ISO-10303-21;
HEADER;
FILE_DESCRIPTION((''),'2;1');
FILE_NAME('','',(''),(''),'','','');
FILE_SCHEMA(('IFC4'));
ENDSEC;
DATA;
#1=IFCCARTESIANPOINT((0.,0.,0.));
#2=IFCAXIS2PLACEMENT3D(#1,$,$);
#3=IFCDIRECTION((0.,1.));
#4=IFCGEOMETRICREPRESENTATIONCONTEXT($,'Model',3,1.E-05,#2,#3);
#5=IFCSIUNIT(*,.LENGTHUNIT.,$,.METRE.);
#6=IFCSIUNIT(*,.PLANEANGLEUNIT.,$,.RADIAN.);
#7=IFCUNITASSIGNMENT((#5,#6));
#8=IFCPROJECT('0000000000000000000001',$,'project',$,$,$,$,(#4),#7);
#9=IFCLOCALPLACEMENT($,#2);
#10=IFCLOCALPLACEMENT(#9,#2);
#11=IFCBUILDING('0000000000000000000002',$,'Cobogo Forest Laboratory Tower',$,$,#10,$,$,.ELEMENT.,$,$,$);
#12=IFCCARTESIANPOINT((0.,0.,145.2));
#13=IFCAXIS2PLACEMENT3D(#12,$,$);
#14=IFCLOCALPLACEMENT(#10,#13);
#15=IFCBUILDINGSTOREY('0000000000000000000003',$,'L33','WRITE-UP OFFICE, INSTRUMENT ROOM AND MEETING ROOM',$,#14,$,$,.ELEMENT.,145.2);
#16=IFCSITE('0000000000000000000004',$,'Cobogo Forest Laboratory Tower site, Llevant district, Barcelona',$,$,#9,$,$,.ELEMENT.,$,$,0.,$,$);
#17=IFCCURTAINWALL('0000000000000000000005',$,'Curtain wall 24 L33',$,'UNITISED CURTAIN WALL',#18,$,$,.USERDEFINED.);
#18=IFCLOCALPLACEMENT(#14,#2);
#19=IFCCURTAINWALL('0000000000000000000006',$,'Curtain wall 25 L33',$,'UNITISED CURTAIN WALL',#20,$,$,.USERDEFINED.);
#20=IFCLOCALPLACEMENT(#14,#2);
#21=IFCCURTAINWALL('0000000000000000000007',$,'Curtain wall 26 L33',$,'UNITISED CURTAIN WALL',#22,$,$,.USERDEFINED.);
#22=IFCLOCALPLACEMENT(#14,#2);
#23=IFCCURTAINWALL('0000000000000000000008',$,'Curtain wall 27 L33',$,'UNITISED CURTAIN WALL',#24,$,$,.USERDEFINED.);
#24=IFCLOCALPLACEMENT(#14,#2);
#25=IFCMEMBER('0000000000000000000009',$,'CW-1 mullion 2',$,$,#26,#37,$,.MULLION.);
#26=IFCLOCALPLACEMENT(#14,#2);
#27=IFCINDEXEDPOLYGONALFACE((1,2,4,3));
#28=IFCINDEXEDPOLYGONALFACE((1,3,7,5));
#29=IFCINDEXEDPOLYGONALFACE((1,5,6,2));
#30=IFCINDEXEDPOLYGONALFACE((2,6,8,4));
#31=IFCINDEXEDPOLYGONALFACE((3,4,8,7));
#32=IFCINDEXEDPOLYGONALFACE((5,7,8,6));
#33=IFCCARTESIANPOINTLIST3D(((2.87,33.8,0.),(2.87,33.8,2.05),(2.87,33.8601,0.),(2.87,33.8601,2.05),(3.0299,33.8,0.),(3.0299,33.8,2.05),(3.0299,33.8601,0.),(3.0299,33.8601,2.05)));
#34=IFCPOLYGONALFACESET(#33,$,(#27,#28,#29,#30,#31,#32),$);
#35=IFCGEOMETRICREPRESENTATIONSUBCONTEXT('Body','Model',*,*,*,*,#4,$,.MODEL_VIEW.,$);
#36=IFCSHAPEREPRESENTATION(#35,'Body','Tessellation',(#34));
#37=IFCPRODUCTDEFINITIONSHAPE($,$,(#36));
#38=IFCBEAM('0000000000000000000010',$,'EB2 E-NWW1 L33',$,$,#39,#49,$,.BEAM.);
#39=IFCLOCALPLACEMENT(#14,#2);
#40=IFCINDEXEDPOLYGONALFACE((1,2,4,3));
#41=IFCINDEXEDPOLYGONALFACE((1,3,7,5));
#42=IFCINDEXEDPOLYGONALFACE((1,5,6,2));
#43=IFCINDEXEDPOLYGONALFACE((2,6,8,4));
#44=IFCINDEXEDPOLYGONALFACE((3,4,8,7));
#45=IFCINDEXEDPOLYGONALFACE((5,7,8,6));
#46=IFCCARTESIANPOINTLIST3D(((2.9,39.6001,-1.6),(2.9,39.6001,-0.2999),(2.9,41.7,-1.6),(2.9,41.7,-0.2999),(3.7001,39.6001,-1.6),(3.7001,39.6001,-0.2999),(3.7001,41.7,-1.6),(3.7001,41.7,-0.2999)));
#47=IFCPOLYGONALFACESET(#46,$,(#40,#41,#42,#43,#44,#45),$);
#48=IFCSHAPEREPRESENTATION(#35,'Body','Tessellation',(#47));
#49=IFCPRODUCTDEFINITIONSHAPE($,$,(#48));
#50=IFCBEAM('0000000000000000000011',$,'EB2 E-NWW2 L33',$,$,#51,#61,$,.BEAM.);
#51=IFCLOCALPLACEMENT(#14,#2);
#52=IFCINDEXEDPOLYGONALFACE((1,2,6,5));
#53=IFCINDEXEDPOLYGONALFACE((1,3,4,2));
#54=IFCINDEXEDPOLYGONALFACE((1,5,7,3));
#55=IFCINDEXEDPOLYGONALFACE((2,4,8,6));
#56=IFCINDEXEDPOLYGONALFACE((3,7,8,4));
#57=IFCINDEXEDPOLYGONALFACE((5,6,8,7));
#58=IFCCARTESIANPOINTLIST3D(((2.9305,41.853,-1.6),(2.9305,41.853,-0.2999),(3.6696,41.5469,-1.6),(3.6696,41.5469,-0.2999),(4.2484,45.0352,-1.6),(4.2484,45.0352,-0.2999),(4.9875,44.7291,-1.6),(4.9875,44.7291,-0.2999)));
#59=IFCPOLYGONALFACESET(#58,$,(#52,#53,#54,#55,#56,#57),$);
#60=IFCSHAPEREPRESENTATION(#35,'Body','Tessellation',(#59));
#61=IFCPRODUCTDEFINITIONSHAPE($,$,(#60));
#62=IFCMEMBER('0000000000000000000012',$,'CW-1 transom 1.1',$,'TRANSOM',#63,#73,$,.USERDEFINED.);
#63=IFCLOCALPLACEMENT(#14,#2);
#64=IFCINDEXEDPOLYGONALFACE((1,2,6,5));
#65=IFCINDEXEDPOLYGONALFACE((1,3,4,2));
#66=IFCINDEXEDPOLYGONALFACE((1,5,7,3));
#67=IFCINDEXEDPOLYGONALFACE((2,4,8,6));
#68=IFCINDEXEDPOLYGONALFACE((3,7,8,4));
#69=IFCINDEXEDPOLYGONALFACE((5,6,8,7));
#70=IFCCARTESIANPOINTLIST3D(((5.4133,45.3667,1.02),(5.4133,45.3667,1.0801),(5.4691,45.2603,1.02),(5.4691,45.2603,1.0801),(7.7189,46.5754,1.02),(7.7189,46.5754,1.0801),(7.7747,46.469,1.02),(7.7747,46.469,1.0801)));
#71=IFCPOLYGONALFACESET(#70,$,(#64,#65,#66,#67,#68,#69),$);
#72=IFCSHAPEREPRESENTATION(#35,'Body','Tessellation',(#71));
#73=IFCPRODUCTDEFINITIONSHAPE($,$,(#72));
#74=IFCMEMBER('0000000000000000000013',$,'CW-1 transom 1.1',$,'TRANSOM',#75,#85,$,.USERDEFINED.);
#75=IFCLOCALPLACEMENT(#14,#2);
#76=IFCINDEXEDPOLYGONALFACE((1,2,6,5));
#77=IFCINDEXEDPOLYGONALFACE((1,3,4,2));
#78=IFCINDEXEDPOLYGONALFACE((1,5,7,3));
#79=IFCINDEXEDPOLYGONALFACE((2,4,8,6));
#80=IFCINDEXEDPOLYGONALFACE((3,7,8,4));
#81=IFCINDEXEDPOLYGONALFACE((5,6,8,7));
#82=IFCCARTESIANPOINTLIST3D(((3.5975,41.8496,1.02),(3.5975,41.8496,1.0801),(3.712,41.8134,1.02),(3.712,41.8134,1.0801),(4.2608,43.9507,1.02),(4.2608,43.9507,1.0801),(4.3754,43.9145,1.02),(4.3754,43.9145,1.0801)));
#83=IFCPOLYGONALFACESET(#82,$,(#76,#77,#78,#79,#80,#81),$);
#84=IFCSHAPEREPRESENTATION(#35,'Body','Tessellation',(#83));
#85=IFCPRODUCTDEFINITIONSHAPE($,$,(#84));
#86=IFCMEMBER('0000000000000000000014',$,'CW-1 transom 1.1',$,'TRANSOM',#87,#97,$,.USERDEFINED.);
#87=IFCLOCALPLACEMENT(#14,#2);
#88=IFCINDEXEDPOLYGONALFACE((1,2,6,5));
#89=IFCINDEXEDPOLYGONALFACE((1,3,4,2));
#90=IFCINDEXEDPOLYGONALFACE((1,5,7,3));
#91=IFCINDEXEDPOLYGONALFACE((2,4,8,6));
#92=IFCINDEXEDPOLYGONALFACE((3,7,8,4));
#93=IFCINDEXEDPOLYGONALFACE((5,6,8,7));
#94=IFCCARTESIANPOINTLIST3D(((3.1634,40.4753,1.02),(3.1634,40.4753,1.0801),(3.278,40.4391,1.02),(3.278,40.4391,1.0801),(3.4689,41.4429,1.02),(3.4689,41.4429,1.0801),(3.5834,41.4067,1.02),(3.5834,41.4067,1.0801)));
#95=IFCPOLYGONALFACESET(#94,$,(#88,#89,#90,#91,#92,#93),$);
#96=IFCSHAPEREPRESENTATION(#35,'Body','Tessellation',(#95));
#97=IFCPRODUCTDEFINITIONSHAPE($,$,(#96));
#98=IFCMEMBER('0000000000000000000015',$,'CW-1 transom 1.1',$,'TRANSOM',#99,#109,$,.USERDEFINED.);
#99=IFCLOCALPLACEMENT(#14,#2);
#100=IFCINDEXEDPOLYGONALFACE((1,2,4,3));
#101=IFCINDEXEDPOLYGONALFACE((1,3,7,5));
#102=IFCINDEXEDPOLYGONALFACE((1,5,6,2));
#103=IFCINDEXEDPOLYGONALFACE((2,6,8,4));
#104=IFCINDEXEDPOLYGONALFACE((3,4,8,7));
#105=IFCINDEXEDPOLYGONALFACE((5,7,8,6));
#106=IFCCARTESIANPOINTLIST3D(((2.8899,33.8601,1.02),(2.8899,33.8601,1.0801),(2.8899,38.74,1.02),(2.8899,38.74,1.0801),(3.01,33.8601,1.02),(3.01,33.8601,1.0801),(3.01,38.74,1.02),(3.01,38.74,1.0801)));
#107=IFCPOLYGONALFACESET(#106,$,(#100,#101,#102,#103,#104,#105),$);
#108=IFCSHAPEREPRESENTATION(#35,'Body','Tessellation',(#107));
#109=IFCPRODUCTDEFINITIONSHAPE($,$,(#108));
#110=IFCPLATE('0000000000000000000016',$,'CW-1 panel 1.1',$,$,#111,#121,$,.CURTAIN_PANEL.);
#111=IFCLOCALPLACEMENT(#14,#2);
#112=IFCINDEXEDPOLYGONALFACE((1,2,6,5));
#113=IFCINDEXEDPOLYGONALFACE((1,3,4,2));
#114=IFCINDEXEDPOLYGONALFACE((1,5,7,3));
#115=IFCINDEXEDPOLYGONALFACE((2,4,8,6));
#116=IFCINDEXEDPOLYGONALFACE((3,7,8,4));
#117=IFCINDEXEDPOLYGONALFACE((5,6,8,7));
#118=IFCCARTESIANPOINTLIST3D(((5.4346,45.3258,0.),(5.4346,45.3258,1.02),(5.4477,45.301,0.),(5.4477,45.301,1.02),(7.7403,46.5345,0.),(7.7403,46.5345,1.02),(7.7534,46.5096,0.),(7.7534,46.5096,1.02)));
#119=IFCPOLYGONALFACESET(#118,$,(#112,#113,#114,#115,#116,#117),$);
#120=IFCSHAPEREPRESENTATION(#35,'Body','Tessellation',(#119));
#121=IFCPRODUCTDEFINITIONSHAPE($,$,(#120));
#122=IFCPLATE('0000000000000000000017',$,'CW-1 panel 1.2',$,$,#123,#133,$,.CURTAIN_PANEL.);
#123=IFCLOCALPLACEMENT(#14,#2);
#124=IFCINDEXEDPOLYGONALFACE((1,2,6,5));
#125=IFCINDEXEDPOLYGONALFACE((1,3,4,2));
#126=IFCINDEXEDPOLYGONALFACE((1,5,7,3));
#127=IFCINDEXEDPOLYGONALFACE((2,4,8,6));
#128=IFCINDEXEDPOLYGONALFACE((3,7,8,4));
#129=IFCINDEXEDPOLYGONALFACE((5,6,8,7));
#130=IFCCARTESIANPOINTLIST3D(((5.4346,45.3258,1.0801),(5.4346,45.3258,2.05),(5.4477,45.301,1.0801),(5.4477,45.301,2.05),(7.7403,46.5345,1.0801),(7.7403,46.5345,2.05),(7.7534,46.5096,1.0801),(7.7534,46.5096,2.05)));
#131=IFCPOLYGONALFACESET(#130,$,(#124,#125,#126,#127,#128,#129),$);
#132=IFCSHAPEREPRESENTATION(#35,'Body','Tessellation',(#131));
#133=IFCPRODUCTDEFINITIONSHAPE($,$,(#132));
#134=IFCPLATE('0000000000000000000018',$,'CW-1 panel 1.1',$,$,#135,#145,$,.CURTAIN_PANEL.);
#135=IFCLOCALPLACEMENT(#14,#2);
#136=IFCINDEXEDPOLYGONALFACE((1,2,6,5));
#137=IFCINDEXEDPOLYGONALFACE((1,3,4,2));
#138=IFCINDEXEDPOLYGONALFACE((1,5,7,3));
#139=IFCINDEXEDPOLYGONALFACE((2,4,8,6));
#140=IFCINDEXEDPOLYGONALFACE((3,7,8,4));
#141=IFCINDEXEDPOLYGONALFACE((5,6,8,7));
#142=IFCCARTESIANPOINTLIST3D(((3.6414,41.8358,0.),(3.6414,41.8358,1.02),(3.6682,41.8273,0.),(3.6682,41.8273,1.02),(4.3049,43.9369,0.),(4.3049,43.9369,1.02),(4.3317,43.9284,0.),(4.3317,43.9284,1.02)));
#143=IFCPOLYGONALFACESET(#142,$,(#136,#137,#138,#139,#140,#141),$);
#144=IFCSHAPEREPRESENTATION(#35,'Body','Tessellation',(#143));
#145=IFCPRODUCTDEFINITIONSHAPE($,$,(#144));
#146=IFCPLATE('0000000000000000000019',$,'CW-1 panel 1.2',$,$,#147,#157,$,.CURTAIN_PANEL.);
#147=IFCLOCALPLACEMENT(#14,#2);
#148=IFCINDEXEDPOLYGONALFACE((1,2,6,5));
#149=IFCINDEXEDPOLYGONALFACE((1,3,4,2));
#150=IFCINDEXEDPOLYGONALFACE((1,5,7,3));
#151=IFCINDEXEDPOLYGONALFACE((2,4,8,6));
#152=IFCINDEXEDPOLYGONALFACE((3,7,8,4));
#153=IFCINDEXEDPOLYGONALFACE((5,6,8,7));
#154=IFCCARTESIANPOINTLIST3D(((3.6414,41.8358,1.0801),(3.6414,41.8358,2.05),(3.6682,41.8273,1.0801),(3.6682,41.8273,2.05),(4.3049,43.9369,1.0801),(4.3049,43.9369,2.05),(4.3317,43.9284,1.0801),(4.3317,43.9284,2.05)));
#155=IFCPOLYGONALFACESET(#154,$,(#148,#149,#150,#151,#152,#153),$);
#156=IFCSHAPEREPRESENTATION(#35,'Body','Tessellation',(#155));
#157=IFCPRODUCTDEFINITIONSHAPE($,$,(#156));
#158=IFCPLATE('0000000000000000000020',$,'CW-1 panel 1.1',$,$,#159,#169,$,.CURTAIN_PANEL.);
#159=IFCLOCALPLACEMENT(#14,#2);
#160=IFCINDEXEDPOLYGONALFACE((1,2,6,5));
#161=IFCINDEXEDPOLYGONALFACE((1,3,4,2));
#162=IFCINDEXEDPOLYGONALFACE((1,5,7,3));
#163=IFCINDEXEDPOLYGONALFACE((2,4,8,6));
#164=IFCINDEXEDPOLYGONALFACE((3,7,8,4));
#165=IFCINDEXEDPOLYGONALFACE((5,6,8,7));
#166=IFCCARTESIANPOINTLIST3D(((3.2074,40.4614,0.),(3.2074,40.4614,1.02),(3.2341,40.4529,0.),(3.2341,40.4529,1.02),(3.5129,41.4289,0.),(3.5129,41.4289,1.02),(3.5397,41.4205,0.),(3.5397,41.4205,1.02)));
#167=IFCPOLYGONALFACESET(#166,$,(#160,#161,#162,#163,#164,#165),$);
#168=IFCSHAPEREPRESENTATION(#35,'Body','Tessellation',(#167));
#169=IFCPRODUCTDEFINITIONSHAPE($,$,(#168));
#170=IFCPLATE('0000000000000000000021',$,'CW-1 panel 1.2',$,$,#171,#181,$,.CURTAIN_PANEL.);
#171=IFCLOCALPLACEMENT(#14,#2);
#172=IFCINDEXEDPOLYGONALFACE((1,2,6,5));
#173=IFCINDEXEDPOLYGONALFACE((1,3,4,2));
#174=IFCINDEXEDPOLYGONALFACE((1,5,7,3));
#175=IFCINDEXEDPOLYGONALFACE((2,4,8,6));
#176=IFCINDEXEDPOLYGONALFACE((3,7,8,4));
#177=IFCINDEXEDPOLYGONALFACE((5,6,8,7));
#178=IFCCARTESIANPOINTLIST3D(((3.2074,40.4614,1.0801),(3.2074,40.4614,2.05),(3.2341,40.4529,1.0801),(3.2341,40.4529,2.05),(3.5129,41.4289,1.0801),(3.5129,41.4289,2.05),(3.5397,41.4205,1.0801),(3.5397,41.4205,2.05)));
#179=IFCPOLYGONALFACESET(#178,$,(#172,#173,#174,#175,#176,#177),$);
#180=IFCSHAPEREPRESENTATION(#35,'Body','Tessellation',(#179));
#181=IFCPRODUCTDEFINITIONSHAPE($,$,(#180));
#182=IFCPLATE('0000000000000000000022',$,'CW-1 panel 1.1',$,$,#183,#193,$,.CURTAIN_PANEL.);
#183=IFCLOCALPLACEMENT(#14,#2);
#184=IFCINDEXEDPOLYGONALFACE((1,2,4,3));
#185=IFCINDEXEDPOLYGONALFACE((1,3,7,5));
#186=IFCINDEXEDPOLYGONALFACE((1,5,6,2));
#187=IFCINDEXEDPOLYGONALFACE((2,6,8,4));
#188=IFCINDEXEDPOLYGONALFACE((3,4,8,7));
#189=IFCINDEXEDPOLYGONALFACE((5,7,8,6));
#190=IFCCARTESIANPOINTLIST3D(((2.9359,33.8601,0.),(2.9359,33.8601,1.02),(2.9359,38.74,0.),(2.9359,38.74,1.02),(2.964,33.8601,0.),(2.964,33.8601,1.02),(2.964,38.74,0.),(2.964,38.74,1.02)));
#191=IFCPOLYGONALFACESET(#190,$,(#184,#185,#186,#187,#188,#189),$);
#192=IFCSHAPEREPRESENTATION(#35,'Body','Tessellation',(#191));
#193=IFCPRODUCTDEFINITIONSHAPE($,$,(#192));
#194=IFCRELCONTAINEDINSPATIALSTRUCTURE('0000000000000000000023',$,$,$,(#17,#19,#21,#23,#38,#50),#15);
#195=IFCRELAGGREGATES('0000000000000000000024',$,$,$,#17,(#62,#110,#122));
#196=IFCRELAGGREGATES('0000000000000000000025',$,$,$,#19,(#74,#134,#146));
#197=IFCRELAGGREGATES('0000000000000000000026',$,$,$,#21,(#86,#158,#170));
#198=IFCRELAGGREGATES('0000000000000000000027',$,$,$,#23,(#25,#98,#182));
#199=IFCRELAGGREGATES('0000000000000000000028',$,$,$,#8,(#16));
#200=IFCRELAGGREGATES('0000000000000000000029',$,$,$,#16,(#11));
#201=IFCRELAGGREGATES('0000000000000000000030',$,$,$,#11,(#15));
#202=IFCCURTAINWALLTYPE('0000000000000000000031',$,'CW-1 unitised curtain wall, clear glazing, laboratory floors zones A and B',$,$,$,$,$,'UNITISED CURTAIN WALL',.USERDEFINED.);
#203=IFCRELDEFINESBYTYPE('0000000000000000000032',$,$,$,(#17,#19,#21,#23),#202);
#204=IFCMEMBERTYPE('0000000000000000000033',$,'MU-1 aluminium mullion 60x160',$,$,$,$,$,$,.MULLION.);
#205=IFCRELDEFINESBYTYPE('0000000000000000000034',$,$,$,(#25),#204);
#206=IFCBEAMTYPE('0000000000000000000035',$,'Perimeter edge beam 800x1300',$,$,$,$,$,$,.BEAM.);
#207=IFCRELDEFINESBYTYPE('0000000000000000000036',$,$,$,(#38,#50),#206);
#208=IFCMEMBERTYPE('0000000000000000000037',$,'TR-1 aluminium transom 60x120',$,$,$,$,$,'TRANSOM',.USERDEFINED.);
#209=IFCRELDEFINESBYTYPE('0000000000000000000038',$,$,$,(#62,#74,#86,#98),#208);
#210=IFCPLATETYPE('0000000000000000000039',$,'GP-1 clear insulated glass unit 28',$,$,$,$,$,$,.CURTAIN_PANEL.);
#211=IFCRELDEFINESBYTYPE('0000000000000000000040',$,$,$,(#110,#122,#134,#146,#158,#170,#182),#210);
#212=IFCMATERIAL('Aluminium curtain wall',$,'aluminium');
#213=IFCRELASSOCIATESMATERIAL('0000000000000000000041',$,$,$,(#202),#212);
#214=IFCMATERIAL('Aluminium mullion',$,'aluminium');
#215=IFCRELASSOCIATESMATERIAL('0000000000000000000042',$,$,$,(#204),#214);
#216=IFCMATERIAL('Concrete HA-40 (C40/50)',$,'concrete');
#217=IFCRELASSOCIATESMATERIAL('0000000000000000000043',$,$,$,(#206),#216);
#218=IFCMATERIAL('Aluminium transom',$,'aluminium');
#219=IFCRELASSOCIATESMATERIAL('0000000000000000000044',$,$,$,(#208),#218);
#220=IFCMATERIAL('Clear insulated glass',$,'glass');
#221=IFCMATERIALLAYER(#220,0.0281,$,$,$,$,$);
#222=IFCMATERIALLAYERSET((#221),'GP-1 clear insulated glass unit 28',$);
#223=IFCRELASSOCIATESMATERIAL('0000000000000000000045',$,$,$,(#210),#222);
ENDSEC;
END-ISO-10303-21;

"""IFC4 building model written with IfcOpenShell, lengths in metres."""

from ifc_helpers import new_model, si_unit, direction, frame, origin, origin_2d, place, context, subcontext, project, spatial, rectangle, extrude, material, layer, layer_set, material_profile, profile_set, type_object, element, aggregate, save


model = new_model("IFC4")

# Units and contexts
model_context = context("Model", 3, precision=1e-05, world=origin(), true_north=direction((0.0, 1.0)))
body_context = subcontext(model_context, "Body", "Model", "MODEL_VIEW")
ifc_project = project(units=[si_unit("LENGTHUNIT", "METRE"), si_unit("PLANEANGLEUNIT", "RADIAN")], contexts=[model_context])

# Site, building, storey
site_placement = place(None, origin())
site = spatial("IfcSite", under=ifc_project, at=site_placement, Name="Cobogo Forest Laboratory Tower site, Llevant district, Barcelona", CompositionType="ELEMENT", RefElevation=0.0)
building_placement = place(site_placement, origin())
building = spatial("IfcBuilding", under=site, at=building_placement, Name="Cobogo Forest Laboratory Tower", CompositionType="ELEMENT")
storey_placement = place(building_placement, frame((0.0, 0.0, 145.2)))
storey = spatial("IfcBuildingStorey", under=building, at=storey_placement, Name="L33", Description="WRITE-UP OFFICE, INSTRUMENT ROOM AND MEETING ROOM", CompositionType="ELEMENT", Elevation=145.2)

# Curtain wall
ifc_material_1 = material(Name="Aluminium curtain wall", Category="aluminium")
curtain_wall_type = type_object("IfcCurtainWallType", Name="CW-1 unitised curtain wall, clear glazing, laboratory floors zones A and B", ElementType="UNITISED CURTAIN WALL", PredefinedType="USERDEFINED", material=ifc_material_1)
curtain_wall_1_placement = place(storey_placement, origin())
curtain_wall_1 = element("IfcCurtainWall", 1, at=curtain_wall_1_placement, inside=storey, type_object=curtain_wall_type, Name="Curtain wall 24 L33", ObjectType="UNITISED CURTAIN WALL", PredefinedType="USERDEFINED")
ifc_material_2 = material(Name="Aluminium mullion", Category="aluminium")
ifc_material_profile_1 = material_profile(ifc_material_2, rectangle(XDim=0.0601, YDim=0.1599, at=origin_2d()), Name="AL 60x160")
ifc_profile_set_1 = profile_set([ifc_material_profile_1], Name="Aluminium mullion")
member_type_1 = type_object("IfcMemberType", Name="MU-1 aluminium mullion 60x160", PredefinedType="MULLION", material=ifc_profile_set_1)

# Curtain walls, member
curtain_wall_2_placement = place(storey_placement, origin())
curtain_wall_2 = element("IfcCurtainWall", 2, at=curtain_wall_2_placement, inside=storey, type_object=curtain_wall_type, Name="Curtain wall 25 L33", ObjectType="UNITISED CURTAIN WALL", PredefinedType="USERDEFINED")
curtain_wall_3_placement = place(storey_placement, origin())
curtain_wall_3 = element("IfcCurtainWall", 3, at=curtain_wall_3_placement, inside=storey, type_object=curtain_wall_type, Name="Curtain wall 26 L33", ObjectType="UNITISED CURTAIN WALL", PredefinedType="USERDEFINED")
curtain_wall_4_placement = place(storey_placement, origin())
curtain_wall_4 = element("IfcCurtainWall", 4, at=curtain_wall_4_placement, inside=storey, type_object=curtain_wall_type, Name="Curtain wall 27 L33", ObjectType="UNITISED CURTAIN WALL", PredefinedType="USERDEFINED")
member_1_placement = place(storey_placement, frame((2.95, 33.8301, 0.0), z_axis=(0.0, 0.0, 1.0), x_axis=(0.0, -1.0, 0.0)))
member_1 = element("IfcMember", 5, at=member_1_placement, type_object=member_type_1, Name="CW-1 mullion 2", PredefinedType="MULLION", context=body_context, shape_type="SweptSolid", body=[
    extrude(rectangle(XDim=0.0601, YDim=0.1599, at=origin_2d()), origin(), (0.0, 0.0, 1.0), 2.05),
])

# Beams
ifc_material_3 = material(Name="Concrete HA-40 (C40/50)", Category="concrete")
ifc_material_profile_2 = material_profile(ifc_material_3, rectangle(XDim=0.8, YDim=1.3, at=origin_2d()), Name="RC 800x1300")
ifc_profile_set_2 = profile_set([ifc_material_profile_2], Name="Concrete HA-40 (C40/50)")
beam_type_1 = type_object("IfcBeamType", Name="Perimeter edge beam 800x1300", PredefinedType="BEAM", material=ifc_profile_set_2)
beam_1_placement = place(storey_placement, frame((3.3, 39.6001, -0.95), z_axis=(0.0, 1.0, 0.0), x_axis=(-1.0, 0.0, 0.0)))
element("IfcBeam", 6, at=beam_1_placement, inside=storey, type_object=beam_type_1, Name="EB2 E-NWW1 L33", PredefinedType="BEAM", context=body_context, shape_type="SweptSolid", body=[
    extrude(rectangle(XDim=0.8, YDim=1.3, at=origin_2d()), origin(), (0.0, 0.0, 1.0), 2.0999),
])
beam_2_placement = place(storey_placement, frame((3.3, 41.7, -0.95), z_axis=(0.382631, 0.923901, 0.0), x_axis=(-0.923901, 0.382631, 0.0)))
element("IfcBeam", 7, at=beam_2_placement, inside=storey, type_object=beam_type_1, Name="EB2 E-NWW2 L33", PredefinedType="BEAM", context=body_context, shape_type="SweptSolid", body=[
    extrude(rectangle(XDim=0.8, YDim=1.3, at=origin_2d()), origin(), (0.0, 0.0, 1.0), 3.4443),
])

# Members
ifc_material_4 = material(Name="Aluminium transom", Category="aluminium")
ifc_material_profile_3 = material_profile(ifc_material_4, rectangle(XDim=0.1201, YDim=0.0601, at=origin_2d()), Name="AL 60x120")
ifc_profile_set_3 = profile_set([ifc_material_profile_3], Name="Aluminium transom")
member_type_2 = type_object("IfcMemberType", Name="TR-1 aluminium transom 60x120", ElementType="TRANSOM", PredefinedType="USERDEFINED", material=ifc_profile_set_3)
member_2_placement = place(storey_placement, frame((7.7468, 46.5222, 1.05), z_axis=(-0.885672, -0.464312, 0.0), x_axis=(0.464312, -0.885672, 0.0)))
member_2 = element("IfcMember", 8, at=member_2_placement, type_object=member_type_2, Name="CW-1 transom 1.1", ObjectType="TRANSOM", PredefinedType="USERDEFINED", context=body_context, shape_type="SweptSolid", body=[
    extrude(rectangle(XDim=0.1201, YDim=0.0601, at=origin_2d()), origin(), (0.0, 0.0, 1.0), 2.6033),
])
member_3_placement = place(storey_placement, frame((4.3181, 43.9326, 1.05), z_axis=(-0.301062, -0.953604, 0.0), x_axis=(0.953604, -0.301062, 0.0)))
member_3 = element("IfcMember", 9, at=member_3_placement, type_object=member_type_2, Name="CW-1 transom 1.1", ObjectType="TRANSOM", PredefinedType="USERDEFINED", context=body_context, shape_type="SweptSolid", body=[
    extrude(rectangle(XDim=0.1201, YDim=0.0601, at=origin_2d()), origin(), (0.0, 0.0, 1.0), 2.2034),
])
member_4_placement = place(storey_placement, frame((3.5261, 41.4248, 1.05), z_axis=(-0.301028, -0.953615, 0.0), x_axis=(0.953615, -0.301028, 0.0)))
member_4 = element("IfcMember", 10, at=member_4_placement, type_object=member_type_2, Name="CW-1 transom 1.1", ObjectType="TRANSOM", PredefinedType="USERDEFINED", context=body_context, shape_type="SweptSolid", body=[
    extrude(rectangle(XDim=0.1201, YDim=0.0601, at=origin_2d()), origin(), (0.0, 0.0, 1.0), 1.0146),
])
member_5_placement = place(storey_placement, frame((2.95, 38.74, 1.05), z_axis=(0.0, -1.0, 0.0), x_axis=(1.0, 0.0, 0.0)))
member_5 = element("IfcMember", 11, at=member_5_placement, type_object=member_type_2, Name="CW-1 transom 1.1", ObjectType="TRANSOM", PredefinedType="USERDEFINED", context=body_context, shape_type="SweptSolid", body=[
    extrude(rectangle(XDim=0.1201, YDim=0.0601, at=origin_2d()), origin(), (0.0, 0.0, 1.0), 4.8799),
])

# Plates
ifc_material_5 = material(Name="Clear insulated glass", Category="glass")
ifc_layer_1 = layer(ifc_material_5, 0.0281)
ifc_layer_set_1 = layer_set([ifc_layer_1], Name="GP-1 clear insulated glass unit 28")
plate_type_1 = type_object("IfcPlateType", Name="GP-1 clear insulated glass unit 28", PredefinedType="CURTAIN_PANEL", material=ifc_layer_set_1)
plate_1_placement = place(storey_placement, frame((6.594, 45.9177, 0.0), z_axis=(0.0, 0.0, 1.0), x_axis=(-0.885687, -0.464284, 0.0)))
plate_1 = element("IfcPlate", 12, at=plate_1_placement, type_object=plate_type_1, Name="CW-1 panel 1.1", PredefinedType="CURTAIN_PANEL", context=body_context, shape_type="SweptSolid", body=[
    extrude(rectangle(XDim=2.6033, YDim=0.0281, at=origin_2d()), origin(), (0.0, 0.0, 1.0), 1.02),
])
plate_2_placement = place(storey_placement, frame((6.594, 45.9177, 1.0801), z_axis=(0.0, 0.0, 1.0), x_axis=(-0.885687, -0.464284, 0.0)))
plate_2 = element("IfcPlate", 13, at=plate_2_placement, type_object=plate_type_1, Name="CW-1 panel 1.2", PredefinedType="CURTAIN_PANEL", context=body_context, shape_type="SweptSolid", body=[
    extrude(rectangle(XDim=2.6033, YDim=0.0281, at=origin_2d()), origin(), (0.0, 0.0, 1.0), 0.97),
])
aggregate(curtain_wall_1, [member_2, plate_1, plate_2])
plate_3_placement = place(storey_placement, frame((3.9866, 42.8821, 0.0), z_axis=(0.0, 0.0, 1.0), x_axis=(-0.301135, -0.953581, 0.0)))
plate_3 = element("IfcPlate", 14, at=plate_3_placement, type_object=plate_type_1, Name="CW-1 panel 1.1", PredefinedType="CURTAIN_PANEL", context=body_context, shape_type="SweptSolid", body=[
    extrude(rectangle(XDim=2.2034, YDim=0.0281, at=origin_2d()), origin(), (0.0, 0.0, 1.0), 1.02),
])
plate_4_placement = place(storey_placement, frame((3.9866, 42.8821, 1.0801), z_axis=(0.0, 0.0, 1.0), x_axis=(-0.301135, -0.953581, 0.0)))
plate_4 = element("IfcPlate", 15, at=plate_4_placement, type_object=plate_type_1, Name="CW-1 panel 1.2", PredefinedType="CURTAIN_PANEL", context=body_context, shape_type="SweptSolid", body=[
    extrude(rectangle(XDim=2.2034, YDim=0.0281, at=origin_2d()), origin(), (0.0, 0.0, 1.0), 0.97),
])
aggregate(curtain_wall_2, [member_3, plate_3, plate_4])
plate_5_placement = place(storey_placement, frame((3.3735, 40.9409, 0.0), z_axis=(0.0, 0.0, 1.0), x_axis=(-0.301136, -0.953581, 0.0)))
plate_5 = element("IfcPlate", 16, at=plate_5_placement, type_object=plate_type_1, Name="CW-1 panel 1.1", PredefinedType="CURTAIN_PANEL", context=body_context, shape_type="SweptSolid", body=[
    extrude(rectangle(XDim=1.0146, YDim=0.0281, at=origin_2d()), origin(), (0.0, 0.0, 1.0), 1.02),
])
plate_6_placement = place(storey_placement, frame((3.3735, 40.9409, 1.0801), z_axis=(0.0, 0.0, 1.0), x_axis=(-0.301136, -0.953581, 0.0)))
plate_6 = element("IfcPlate", 17, at=plate_6_placement, type_object=plate_type_1, Name="CW-1 panel 1.2", PredefinedType="CURTAIN_PANEL", context=body_context, shape_type="SweptSolid", body=[
    extrude(rectangle(XDim=1.0146, YDim=0.0281, at=origin_2d()), origin(), (0.0, 0.0, 1.0), 0.97),
])
aggregate(curtain_wall_3, [member_4, plate_5, plate_6])
plate_7_placement = place(storey_placement, frame((2.95, 36.3, 0.0), z_axis=(0.0, 0.0, 1.0), x_axis=(0.0, -1.0, 0.0)))
plate_7 = element("IfcPlate", 18, at=plate_7_placement, type_object=plate_type_1, Name="CW-1 panel 1.1", PredefinedType="CURTAIN_PANEL", context=body_context, shape_type="SweptSolid", body=[
    extrude(rectangle(XDim=4.8799, YDim=0.0281, at=origin_2d()), origin(), (0.0, 0.0, 1.0), 1.02),
])
aggregate(curtain_wall_4, [member_1, member_5, plate_7])

save(model, "model.ifc")
